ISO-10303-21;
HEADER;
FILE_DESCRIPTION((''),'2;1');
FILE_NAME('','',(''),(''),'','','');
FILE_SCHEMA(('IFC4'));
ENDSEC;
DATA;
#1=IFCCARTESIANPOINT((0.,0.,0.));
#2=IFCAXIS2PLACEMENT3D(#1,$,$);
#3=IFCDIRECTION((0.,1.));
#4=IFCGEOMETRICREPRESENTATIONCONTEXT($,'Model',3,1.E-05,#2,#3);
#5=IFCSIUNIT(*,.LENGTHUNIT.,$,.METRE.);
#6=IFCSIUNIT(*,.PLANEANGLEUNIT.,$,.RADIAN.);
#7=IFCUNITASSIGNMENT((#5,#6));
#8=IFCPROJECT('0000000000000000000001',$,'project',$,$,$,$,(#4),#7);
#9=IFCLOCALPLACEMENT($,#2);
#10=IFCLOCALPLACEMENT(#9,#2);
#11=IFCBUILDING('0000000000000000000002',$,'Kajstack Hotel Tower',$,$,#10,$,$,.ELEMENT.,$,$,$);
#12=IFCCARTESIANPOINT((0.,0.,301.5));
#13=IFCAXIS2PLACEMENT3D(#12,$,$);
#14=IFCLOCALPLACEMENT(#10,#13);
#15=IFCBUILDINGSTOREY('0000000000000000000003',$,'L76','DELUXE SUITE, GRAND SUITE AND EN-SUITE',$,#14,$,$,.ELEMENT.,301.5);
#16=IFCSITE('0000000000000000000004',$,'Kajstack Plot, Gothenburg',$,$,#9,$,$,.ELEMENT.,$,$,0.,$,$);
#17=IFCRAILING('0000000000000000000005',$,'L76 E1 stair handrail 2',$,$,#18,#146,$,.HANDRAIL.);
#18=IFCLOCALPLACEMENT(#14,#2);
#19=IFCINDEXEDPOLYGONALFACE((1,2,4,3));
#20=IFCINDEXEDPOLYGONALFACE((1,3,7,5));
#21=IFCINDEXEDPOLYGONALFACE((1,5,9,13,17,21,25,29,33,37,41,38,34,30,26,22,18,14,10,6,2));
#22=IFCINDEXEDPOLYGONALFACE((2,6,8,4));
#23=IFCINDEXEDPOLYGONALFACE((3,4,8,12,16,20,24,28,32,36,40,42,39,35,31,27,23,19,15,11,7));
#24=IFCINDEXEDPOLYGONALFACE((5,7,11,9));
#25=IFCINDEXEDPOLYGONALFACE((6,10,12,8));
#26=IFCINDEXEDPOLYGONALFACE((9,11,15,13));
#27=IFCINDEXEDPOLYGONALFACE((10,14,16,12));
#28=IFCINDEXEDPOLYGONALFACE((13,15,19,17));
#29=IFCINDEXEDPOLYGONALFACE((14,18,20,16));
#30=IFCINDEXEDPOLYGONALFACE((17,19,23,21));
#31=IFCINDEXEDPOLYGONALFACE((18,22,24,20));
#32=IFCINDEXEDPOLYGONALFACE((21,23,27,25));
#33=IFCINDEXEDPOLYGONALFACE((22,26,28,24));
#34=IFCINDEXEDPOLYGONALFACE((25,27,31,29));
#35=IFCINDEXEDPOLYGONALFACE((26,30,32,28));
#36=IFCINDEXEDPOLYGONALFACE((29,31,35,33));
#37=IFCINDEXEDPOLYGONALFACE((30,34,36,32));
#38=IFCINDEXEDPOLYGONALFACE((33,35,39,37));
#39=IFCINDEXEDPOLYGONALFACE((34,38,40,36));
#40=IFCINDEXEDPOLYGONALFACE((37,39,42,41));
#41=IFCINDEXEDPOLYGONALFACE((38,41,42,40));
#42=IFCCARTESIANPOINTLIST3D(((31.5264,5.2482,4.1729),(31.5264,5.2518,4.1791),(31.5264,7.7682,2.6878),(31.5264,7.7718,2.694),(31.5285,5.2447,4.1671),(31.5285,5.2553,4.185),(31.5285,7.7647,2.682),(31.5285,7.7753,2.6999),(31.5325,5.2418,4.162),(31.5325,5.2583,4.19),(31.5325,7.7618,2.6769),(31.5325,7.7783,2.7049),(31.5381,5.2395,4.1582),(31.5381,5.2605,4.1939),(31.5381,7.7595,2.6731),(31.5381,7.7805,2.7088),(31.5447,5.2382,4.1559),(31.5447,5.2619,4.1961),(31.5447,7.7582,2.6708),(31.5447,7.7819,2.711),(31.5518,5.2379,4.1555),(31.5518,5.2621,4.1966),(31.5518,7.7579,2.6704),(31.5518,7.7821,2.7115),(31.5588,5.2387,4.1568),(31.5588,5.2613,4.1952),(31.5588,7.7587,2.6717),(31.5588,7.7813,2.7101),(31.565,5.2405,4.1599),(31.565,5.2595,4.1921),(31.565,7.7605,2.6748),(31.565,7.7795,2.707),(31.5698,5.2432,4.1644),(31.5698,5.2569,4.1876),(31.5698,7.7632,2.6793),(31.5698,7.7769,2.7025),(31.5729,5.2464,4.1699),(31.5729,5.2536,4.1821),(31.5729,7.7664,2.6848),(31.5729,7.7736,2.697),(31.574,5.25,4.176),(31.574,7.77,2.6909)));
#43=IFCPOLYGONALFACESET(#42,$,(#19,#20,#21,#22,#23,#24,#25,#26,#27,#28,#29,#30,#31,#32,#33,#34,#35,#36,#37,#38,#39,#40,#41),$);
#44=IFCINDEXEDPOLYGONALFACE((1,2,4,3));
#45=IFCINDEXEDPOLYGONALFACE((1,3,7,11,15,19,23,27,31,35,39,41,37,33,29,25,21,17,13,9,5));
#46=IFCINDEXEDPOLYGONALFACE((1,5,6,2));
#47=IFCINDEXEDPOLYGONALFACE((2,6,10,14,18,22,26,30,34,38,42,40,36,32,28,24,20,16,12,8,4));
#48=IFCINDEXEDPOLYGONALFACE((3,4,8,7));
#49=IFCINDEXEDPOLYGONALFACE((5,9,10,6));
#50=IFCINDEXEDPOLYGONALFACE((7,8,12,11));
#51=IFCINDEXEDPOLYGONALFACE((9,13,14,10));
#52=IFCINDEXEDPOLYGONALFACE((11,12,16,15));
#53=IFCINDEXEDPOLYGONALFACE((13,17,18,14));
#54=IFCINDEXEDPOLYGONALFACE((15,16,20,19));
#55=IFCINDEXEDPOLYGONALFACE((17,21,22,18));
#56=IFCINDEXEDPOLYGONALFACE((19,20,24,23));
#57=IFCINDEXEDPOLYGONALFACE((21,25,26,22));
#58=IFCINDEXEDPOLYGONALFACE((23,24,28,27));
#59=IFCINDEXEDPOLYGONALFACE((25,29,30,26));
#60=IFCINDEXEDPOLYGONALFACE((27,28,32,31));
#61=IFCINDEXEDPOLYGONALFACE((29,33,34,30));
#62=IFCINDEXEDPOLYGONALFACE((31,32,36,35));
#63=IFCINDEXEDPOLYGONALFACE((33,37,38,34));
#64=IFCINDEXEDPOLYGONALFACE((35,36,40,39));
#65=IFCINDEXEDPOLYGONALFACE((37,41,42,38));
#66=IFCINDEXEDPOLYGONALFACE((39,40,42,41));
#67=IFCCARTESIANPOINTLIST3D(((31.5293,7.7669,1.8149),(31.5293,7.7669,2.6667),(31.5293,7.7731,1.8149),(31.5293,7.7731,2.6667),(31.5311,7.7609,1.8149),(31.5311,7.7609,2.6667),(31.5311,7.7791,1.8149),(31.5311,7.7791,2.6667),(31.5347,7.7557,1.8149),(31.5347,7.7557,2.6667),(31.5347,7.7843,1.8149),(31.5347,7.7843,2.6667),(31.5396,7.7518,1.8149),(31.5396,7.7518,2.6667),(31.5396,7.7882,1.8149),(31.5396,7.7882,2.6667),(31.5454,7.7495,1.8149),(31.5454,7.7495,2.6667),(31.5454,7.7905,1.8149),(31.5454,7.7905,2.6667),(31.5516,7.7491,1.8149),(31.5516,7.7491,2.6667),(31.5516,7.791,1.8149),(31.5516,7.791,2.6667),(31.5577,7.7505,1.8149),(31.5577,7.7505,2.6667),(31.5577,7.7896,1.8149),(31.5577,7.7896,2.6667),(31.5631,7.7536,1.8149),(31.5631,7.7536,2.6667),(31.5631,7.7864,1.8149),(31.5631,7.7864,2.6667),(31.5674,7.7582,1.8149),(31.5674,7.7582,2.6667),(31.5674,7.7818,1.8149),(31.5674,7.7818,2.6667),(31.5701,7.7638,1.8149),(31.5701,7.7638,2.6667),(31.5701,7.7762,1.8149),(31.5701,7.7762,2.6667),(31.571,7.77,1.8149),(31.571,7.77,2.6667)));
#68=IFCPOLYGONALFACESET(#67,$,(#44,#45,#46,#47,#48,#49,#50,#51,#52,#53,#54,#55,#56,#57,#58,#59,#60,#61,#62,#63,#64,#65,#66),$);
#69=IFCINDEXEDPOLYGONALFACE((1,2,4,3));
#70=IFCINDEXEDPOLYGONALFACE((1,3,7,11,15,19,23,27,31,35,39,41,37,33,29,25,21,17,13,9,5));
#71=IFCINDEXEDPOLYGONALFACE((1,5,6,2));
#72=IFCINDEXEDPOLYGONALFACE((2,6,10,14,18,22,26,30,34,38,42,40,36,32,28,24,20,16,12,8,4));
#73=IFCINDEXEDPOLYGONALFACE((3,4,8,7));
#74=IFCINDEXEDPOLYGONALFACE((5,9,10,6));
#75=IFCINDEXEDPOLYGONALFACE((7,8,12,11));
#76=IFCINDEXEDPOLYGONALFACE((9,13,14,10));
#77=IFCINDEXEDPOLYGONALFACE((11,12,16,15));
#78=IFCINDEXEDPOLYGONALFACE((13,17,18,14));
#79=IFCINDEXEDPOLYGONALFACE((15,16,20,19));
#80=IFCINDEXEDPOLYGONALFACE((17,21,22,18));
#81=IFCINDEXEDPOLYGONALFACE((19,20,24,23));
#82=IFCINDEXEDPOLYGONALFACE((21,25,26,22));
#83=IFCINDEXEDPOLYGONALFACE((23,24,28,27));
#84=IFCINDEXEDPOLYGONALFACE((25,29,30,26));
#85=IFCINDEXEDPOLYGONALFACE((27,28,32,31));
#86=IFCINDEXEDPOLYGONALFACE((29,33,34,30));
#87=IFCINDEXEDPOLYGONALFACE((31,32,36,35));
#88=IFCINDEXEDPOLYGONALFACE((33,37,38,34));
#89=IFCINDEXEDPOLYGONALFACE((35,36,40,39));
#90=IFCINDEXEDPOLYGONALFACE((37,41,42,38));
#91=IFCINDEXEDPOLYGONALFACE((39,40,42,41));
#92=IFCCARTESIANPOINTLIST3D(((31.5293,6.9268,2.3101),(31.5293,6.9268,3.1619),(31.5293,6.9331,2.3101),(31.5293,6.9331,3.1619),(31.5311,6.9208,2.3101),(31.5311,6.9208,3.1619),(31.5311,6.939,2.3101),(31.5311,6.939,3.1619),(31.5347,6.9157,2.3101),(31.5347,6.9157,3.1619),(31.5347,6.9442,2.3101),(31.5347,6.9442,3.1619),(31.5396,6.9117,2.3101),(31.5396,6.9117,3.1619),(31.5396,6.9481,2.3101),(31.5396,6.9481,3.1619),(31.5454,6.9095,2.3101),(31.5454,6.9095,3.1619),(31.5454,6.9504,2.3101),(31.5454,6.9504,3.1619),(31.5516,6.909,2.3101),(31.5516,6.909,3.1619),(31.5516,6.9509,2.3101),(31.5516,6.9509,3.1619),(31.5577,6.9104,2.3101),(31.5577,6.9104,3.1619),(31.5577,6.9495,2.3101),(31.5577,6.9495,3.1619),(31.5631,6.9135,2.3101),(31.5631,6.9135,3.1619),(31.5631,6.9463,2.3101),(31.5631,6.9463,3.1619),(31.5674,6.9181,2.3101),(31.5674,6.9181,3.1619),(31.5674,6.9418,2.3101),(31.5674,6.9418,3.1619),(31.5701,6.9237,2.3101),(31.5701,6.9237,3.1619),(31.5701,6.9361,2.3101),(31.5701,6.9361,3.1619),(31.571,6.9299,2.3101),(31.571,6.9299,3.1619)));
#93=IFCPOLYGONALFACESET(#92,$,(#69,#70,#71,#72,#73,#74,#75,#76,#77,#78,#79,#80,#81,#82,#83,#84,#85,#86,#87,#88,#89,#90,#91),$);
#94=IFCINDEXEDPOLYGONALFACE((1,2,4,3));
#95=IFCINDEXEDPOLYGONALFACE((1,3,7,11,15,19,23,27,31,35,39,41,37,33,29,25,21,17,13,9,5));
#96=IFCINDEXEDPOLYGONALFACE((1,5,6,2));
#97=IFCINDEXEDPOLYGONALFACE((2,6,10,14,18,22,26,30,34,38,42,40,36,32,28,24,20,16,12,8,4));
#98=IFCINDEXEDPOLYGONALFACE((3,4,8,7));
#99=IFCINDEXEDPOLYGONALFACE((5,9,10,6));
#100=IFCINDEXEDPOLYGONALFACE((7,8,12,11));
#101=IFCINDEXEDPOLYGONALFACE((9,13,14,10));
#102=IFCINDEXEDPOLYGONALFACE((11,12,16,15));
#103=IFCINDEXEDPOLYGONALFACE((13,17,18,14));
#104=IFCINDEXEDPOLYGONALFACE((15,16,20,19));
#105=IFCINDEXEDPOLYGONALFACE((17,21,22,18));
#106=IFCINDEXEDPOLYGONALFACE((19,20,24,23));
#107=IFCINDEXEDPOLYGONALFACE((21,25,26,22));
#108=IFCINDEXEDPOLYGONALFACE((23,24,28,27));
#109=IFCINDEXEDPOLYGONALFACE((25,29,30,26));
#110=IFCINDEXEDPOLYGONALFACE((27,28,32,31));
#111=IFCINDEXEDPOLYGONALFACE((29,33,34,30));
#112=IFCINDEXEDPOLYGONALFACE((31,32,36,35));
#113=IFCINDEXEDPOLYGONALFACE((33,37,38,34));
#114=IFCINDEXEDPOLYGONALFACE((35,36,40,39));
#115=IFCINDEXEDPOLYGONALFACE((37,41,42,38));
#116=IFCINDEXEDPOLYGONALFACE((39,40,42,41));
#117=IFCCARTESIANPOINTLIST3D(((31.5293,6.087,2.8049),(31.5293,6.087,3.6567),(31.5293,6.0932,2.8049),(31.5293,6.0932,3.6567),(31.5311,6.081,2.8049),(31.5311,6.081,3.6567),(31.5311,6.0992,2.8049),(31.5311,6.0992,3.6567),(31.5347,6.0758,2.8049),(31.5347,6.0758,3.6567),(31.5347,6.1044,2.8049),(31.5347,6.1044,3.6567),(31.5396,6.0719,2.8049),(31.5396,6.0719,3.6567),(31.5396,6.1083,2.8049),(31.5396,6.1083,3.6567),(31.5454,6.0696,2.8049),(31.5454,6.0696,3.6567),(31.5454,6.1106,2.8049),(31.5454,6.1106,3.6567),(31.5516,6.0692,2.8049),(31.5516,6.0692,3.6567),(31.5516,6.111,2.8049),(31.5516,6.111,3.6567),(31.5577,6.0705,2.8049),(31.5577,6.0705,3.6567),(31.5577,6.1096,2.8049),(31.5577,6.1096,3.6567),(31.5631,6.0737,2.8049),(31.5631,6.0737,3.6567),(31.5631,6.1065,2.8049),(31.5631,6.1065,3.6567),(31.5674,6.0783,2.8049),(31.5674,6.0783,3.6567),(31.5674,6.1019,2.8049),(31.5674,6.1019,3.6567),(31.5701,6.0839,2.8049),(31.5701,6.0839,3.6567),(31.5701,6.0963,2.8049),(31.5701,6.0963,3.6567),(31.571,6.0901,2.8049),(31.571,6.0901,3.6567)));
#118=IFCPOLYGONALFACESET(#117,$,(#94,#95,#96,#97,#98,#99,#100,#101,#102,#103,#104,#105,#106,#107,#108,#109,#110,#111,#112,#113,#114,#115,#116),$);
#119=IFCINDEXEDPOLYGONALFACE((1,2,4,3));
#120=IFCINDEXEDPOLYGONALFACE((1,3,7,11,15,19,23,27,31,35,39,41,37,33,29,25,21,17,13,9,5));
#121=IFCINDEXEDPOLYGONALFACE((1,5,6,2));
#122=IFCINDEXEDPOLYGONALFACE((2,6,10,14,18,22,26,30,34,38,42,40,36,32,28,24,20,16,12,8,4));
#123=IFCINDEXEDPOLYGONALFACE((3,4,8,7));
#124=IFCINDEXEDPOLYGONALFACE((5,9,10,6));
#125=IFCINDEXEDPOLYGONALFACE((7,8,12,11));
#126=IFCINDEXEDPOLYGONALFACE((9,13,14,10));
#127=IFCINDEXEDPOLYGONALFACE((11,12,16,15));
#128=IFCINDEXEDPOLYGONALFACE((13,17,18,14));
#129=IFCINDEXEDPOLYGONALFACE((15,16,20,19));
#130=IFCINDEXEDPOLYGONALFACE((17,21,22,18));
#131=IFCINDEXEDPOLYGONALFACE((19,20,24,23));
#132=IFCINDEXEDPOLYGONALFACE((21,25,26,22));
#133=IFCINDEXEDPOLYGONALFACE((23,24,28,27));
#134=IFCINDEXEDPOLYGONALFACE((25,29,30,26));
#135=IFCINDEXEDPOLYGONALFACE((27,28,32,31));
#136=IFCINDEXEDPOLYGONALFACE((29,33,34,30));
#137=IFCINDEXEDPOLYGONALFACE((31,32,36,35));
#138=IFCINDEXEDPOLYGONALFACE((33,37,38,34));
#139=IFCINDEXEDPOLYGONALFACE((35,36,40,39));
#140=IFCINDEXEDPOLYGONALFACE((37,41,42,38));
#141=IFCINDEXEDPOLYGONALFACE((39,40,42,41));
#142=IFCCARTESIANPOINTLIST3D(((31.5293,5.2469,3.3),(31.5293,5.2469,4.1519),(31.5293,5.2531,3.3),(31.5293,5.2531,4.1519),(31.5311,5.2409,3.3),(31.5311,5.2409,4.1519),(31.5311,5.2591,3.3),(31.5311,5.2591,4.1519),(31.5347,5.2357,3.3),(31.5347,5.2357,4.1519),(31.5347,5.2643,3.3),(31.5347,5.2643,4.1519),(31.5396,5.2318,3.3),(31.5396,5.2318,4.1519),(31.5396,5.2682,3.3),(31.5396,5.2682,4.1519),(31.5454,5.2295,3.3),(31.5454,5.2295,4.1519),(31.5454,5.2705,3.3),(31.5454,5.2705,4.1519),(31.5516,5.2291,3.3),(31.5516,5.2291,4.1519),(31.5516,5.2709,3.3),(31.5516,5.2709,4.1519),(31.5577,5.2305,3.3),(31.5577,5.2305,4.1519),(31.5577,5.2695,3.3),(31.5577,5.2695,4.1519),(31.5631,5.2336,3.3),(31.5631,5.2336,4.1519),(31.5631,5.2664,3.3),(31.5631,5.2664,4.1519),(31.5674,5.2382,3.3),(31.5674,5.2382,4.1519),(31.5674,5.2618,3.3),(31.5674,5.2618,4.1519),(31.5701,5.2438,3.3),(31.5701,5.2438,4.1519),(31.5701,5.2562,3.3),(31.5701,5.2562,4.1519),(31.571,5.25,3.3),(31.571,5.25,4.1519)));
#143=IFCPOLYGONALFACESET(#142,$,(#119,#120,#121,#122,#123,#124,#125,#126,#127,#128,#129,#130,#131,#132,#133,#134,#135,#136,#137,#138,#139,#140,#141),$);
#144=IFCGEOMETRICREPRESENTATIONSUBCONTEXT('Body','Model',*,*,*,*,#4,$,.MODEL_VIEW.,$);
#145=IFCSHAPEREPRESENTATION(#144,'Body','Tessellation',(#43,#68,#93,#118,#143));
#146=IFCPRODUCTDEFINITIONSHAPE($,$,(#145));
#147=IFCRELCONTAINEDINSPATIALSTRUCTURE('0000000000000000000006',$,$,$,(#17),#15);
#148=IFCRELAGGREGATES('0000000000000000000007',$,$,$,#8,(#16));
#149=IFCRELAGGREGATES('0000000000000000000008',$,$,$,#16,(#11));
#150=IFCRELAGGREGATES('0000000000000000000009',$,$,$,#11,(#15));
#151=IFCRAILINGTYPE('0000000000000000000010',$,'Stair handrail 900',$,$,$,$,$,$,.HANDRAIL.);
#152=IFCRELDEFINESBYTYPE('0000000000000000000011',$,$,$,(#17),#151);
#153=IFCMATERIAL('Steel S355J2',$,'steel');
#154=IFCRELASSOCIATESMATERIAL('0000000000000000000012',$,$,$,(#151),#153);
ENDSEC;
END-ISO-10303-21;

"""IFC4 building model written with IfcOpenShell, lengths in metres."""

from ifc_helpers import new_model, si_unit, direction, frame, origin, origin_2d, place, context, subcontext, project, spatial, circle, extrude, material, type_object, element, save


model = new_model("IFC4")

# Units and contexts
model_context = context("Model", 3, precision=1e-05, world=origin(), true_north=direction((0.0, 1.0)))
body_context = subcontext(model_context, "Body", "Model", "MODEL_VIEW")
ifc_project = project(units=[si_unit("LENGTHUNIT", "METRE"), si_unit("PLANEANGLEUNIT", "RADIAN")], contexts=[model_context])

# Site, building, storey
site_placement = place(None, origin())
site = spatial("IfcSite", under=ifc_project, at=site_placement, Name="Kajstack Plot, Gothenburg", CompositionType="ELEMENT", RefElevation=0.0)
building_placement = place(site_placement, origin())
building = spatial("IfcBuilding", under=site, at=building_placement, Name="Kajstack Hotel Tower", CompositionType="ELEMENT")
storey_placement = place(building_placement, frame((0.0, 0.0, 301.5)))
storey = spatial("IfcBuildingStorey", under=building, at=storey_placement, Name="L76", Description="DELUXE SUITE, GRAND SUITE AND EN-SUITE", CompositionType="ELEMENT", Elevation=301.5)

# Railing
ifc_material_1 = material(Name="Steel S355J2", Category="steel")
railing_type_1 = type_object("IfcRailingType", Name="Stair handrail 900", PredefinedType="HANDRAIL", material=ifc_material_1)
railing_1_placement = place(storey_placement, frame((31.55, 7.77, 1.8149)))
element("IfcRailing", 1, at=railing_1_placement, inside=storey, type_object=railing_type_1, Name="L76 E1 stair handrail 2", PredefinedType="HANDRAIL", context=body_context, shape_type="SweptSolid", body=[
    extrude(circle(Radius=0.0239, at=origin_2d()), frame((0.0, 0.0, 0.876), z_axis=(0.0, -0.861524, 0.507717), x_axis=(1.0, 0.0, 0.0)), (0.0, 0.0, 1.0), 2.925),
    extrude(circle(Radius=0.021, at=origin_2d()), origin(), (0.0, 0.0, 1.0), 0.8518),
    extrude(circle(Radius=0.021, at=origin_2d()), frame((0.0, -0.8401, 0.4951)), (0.0, 0.0, 1.0), 0.8518),
    extrude(circle(Radius=0.021, at=origin_2d()), frame((0.0, -1.6799, 0.99)), (0.0, 0.0, 1.0), 0.8518),
    extrude(circle(Radius=0.021, at=origin_2d()), frame((0.0, -2.52, 1.4851)), (0.0, 0.0, 1.0), 0.8518),
])

save(model, "model.ifc")
